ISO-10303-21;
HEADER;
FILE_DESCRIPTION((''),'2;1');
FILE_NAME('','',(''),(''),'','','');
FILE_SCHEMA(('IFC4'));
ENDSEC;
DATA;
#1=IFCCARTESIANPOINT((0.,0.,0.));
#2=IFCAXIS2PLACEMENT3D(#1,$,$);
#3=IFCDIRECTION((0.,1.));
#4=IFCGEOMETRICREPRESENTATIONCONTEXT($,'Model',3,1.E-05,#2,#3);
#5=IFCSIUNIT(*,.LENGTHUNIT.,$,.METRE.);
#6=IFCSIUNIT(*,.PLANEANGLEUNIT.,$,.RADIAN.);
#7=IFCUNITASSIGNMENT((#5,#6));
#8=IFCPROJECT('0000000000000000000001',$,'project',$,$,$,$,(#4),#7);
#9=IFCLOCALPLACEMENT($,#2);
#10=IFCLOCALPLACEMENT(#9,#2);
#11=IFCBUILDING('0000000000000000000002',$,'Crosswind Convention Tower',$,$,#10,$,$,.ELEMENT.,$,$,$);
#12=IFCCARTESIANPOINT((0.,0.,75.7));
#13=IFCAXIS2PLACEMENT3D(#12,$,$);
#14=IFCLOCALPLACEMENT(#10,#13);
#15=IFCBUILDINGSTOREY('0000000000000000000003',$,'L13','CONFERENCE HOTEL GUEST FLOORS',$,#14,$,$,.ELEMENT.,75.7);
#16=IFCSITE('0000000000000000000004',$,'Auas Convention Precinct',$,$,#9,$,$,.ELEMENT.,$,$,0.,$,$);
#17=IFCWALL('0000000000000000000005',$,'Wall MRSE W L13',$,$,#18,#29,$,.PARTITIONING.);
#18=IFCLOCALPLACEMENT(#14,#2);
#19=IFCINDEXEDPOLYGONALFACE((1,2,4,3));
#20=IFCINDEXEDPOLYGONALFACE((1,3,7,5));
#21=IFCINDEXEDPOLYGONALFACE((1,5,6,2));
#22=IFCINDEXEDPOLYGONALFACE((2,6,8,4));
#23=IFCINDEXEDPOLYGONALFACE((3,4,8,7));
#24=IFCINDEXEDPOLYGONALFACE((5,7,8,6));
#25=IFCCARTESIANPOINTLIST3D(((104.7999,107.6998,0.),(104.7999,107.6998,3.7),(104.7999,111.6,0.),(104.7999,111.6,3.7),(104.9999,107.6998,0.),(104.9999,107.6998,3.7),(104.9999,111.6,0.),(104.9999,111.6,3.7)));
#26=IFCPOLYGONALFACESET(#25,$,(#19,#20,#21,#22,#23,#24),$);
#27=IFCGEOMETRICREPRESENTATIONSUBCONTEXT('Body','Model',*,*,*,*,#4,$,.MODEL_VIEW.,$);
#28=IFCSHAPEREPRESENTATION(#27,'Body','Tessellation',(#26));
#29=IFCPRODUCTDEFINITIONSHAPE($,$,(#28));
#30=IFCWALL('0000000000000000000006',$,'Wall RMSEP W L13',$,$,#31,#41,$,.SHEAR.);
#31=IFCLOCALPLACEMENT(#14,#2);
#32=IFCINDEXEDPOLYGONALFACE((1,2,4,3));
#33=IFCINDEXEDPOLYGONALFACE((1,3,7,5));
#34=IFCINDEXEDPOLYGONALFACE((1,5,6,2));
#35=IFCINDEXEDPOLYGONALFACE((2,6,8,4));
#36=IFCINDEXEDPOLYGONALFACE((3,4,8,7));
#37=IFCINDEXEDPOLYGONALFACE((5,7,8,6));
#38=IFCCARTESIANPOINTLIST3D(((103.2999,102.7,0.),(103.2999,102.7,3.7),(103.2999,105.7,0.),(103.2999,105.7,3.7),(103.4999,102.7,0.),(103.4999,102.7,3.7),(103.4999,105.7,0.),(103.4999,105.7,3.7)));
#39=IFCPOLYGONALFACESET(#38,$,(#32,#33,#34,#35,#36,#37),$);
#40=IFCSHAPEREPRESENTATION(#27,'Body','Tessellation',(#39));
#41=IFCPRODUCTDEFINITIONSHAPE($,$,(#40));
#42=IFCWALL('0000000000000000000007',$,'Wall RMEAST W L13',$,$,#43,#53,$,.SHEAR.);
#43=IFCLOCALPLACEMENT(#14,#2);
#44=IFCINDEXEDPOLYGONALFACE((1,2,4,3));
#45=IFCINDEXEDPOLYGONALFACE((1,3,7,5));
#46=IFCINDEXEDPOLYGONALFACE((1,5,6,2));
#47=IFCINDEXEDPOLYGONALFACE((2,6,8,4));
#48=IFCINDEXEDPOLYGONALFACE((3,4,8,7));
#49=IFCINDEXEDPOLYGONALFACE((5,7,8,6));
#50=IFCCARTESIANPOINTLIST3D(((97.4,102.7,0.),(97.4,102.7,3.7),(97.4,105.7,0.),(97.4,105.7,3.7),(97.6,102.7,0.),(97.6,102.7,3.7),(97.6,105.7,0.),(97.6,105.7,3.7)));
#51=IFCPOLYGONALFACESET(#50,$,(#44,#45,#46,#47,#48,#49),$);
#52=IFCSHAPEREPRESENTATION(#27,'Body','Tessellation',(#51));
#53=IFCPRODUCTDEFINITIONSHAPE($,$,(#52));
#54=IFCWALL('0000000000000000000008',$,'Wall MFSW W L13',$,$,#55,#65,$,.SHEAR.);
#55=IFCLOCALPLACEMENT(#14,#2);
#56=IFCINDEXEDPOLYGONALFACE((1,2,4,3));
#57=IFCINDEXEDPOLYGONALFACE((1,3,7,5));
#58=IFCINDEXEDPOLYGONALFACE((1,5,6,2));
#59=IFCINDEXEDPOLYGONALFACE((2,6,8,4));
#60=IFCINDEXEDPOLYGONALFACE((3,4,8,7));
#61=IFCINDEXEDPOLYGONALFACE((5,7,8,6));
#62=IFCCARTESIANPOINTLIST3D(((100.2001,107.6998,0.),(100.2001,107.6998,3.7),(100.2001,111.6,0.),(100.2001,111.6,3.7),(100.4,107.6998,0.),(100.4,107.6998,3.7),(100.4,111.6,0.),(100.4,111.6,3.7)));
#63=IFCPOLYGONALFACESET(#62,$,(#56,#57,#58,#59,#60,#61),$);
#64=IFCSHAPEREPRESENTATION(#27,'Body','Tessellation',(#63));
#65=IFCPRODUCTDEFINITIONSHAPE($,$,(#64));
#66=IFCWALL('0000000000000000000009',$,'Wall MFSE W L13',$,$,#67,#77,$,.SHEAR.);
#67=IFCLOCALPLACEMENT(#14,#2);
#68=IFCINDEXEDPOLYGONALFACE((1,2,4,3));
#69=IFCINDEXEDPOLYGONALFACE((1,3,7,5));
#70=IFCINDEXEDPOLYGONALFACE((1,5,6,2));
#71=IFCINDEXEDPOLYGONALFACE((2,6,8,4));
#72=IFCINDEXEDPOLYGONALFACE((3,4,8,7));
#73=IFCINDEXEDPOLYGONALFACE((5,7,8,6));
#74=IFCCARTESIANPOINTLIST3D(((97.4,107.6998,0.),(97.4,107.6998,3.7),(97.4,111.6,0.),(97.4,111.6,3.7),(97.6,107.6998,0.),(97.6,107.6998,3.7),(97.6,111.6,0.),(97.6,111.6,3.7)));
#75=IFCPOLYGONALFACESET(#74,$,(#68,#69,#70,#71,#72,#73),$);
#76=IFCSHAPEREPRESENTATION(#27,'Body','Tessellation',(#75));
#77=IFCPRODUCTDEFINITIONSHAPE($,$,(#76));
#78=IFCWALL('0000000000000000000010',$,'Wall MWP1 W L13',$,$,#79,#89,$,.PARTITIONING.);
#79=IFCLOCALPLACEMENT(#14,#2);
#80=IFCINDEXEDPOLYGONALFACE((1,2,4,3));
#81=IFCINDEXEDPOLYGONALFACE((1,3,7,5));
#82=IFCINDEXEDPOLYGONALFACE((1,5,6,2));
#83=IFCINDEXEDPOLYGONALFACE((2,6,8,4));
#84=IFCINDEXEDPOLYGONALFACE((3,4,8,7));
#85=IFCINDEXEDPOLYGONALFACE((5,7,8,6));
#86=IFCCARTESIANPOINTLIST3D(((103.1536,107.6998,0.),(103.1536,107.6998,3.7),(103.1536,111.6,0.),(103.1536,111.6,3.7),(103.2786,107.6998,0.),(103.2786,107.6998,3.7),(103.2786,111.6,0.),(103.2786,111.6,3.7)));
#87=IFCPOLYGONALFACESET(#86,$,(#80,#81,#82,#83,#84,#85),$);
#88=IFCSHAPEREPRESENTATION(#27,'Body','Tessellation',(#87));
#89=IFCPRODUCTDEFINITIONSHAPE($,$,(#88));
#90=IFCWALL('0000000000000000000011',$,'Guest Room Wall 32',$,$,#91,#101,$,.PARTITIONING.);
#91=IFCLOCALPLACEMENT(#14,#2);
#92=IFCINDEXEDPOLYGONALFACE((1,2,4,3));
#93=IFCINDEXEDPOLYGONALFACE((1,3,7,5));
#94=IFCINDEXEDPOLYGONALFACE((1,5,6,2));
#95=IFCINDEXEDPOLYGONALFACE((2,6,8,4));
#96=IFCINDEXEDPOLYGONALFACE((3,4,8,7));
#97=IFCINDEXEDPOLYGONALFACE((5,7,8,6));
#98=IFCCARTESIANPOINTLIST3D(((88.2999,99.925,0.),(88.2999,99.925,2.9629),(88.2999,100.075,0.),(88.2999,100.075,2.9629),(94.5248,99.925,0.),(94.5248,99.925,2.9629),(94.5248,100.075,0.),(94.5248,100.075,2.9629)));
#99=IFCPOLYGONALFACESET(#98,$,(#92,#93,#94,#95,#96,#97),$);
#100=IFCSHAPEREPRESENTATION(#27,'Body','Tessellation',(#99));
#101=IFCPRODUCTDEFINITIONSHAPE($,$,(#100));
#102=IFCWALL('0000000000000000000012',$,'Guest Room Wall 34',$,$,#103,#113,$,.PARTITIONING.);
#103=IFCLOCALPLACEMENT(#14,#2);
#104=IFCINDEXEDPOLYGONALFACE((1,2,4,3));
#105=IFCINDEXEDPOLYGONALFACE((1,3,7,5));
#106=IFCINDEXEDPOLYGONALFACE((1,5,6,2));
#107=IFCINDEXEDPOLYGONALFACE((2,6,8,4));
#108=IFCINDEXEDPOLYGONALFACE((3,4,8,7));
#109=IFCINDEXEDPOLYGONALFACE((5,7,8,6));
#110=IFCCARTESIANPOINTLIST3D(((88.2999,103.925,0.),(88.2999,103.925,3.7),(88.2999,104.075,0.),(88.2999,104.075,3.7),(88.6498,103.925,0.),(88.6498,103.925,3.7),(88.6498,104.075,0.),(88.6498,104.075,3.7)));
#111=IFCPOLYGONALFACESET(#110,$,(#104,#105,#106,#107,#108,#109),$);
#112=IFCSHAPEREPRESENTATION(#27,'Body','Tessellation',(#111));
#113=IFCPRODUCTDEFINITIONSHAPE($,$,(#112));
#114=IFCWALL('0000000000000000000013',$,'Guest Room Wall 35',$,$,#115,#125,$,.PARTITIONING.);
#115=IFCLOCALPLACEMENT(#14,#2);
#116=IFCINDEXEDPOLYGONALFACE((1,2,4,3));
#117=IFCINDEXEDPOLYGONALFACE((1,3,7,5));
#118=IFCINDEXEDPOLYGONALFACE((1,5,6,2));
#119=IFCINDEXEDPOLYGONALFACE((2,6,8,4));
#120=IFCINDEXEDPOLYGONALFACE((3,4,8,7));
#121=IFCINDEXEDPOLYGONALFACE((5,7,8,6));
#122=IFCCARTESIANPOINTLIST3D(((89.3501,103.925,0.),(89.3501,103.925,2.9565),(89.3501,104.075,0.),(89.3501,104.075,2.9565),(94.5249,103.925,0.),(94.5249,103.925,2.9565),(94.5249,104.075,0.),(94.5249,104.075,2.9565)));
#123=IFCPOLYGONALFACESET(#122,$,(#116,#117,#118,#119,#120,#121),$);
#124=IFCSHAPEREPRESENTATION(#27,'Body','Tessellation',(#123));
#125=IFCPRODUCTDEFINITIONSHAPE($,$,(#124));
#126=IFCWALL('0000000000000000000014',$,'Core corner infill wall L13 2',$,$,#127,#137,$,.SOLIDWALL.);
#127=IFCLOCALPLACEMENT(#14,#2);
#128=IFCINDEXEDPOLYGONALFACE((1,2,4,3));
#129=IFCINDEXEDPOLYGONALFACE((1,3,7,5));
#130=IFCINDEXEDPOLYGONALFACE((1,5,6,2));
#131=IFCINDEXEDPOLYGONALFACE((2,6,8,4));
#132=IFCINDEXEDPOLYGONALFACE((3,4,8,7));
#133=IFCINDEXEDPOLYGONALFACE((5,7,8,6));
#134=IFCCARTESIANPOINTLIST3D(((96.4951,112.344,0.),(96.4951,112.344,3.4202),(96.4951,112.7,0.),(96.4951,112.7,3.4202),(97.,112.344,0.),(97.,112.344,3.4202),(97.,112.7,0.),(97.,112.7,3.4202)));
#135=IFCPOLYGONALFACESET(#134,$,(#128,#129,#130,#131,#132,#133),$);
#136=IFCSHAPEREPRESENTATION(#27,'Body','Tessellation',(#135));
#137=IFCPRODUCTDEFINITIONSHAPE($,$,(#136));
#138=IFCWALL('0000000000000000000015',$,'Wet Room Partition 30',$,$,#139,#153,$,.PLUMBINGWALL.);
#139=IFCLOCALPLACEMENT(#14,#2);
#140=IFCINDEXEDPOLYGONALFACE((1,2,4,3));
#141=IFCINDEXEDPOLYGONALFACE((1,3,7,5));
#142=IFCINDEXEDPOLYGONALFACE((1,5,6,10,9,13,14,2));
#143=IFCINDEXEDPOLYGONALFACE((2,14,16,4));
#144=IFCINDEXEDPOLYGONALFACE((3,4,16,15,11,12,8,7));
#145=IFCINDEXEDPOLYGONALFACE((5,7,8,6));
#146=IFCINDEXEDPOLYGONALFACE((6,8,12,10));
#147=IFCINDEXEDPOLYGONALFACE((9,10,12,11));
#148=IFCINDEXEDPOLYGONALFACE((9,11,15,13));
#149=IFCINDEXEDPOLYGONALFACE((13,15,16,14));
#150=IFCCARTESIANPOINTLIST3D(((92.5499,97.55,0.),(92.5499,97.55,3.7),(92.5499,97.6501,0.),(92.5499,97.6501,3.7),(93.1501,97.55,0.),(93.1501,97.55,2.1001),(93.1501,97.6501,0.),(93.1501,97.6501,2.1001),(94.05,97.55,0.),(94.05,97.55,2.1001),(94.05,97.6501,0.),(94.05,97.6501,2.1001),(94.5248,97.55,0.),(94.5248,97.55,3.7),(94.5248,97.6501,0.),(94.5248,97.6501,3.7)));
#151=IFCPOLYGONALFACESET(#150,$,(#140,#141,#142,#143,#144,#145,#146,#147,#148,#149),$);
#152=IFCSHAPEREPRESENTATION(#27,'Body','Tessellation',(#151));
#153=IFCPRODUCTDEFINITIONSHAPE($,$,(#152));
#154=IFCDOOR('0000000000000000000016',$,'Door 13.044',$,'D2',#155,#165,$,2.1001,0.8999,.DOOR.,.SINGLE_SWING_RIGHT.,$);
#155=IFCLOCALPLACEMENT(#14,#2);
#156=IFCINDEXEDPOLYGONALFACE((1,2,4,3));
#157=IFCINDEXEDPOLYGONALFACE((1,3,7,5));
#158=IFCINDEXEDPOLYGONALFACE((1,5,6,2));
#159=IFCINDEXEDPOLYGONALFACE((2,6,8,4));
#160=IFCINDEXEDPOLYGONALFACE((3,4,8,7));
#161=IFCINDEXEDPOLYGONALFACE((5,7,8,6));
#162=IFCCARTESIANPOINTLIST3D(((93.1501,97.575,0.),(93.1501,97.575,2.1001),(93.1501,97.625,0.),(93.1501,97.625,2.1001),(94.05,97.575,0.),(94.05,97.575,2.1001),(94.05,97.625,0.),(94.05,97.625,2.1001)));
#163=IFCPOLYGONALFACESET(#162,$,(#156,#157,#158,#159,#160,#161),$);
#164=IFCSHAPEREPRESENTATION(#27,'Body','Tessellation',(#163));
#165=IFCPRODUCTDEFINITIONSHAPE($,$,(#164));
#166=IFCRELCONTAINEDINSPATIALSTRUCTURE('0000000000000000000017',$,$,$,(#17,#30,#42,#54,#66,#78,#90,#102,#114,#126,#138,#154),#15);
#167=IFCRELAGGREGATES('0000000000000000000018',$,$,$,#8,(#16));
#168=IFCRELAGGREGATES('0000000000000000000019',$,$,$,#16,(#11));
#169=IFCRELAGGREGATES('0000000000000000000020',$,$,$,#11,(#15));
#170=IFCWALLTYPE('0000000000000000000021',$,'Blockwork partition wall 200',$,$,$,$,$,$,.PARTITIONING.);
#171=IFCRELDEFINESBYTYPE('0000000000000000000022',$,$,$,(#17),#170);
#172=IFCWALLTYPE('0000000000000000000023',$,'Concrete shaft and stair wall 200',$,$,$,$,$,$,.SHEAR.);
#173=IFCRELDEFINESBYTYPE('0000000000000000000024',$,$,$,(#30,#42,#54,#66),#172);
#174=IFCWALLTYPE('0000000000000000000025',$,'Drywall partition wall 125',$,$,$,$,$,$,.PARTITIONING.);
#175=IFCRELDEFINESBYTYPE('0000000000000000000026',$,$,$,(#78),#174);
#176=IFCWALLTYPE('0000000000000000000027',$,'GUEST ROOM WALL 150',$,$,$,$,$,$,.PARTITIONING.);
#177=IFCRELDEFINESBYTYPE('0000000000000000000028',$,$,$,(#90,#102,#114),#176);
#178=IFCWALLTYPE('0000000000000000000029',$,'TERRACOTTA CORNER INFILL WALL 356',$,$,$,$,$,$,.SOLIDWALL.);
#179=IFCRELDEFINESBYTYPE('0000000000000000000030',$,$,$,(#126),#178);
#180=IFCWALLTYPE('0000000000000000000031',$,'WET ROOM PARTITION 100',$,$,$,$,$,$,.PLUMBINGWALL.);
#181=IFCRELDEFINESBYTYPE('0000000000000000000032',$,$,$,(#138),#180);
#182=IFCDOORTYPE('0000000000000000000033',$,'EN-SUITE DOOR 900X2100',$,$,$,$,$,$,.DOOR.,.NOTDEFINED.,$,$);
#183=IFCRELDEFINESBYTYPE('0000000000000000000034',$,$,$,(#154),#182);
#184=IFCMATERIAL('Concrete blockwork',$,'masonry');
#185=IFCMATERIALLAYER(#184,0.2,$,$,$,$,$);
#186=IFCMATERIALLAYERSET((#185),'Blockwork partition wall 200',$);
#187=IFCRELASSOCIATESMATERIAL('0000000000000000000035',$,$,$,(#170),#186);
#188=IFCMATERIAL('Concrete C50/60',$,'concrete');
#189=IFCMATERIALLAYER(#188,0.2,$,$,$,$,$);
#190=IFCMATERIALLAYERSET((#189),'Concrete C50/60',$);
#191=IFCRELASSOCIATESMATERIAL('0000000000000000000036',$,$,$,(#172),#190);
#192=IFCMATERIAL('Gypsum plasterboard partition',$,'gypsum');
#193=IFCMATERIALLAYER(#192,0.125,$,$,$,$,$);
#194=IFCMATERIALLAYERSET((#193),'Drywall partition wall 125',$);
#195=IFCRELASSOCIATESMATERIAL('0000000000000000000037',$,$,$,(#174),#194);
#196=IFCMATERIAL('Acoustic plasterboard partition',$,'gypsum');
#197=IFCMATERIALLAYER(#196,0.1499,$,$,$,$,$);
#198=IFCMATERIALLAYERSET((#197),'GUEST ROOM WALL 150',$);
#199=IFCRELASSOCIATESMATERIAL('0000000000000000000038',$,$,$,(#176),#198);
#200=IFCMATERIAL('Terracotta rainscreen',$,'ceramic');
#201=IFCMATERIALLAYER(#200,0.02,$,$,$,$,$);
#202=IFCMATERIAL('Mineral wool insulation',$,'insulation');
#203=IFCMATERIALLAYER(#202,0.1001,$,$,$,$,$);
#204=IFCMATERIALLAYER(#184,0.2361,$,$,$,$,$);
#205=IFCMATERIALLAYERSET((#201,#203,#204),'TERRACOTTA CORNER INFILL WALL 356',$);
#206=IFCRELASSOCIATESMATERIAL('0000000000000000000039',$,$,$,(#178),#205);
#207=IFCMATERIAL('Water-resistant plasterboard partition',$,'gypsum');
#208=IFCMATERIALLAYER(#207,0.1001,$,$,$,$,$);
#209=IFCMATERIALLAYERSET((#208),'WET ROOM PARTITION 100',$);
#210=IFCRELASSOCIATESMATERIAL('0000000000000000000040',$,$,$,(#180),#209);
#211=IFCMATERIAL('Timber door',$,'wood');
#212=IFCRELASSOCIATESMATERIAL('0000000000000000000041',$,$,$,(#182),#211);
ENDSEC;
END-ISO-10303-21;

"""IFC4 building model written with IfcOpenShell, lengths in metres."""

from ifc_helpers import new_model, si_unit, direction, frame, frame_2d, origin, place, context, subcontext, project, spatial, rectangle, extrude, material, layer, layer_set, type_object, element, fill, save


model = new_model("IFC4")

# Units and contexts
model_context = context("Model", 3, precision=1e-05, world=origin(), true_north=direction((0.0, 1.0)))
body_context = subcontext(model_context, "Body", "Model", "MODEL_VIEW")
ifc_project = project(units=[si_unit("LENGTHUNIT", "METRE"), si_unit("PLANEANGLEUNIT", "RADIAN")], contexts=[model_context])

# Site, building, storey
site_placement = place(None, origin())
site = spatial("IfcSite", under=ifc_project, at=site_placement, Name="Auas Convention Precinct", CompositionType="ELEMENT", RefElevation=0.0)
building_placement = place(site_placement, origin())
building = spatial("IfcBuilding", under=site, at=building_placement, Name="Crosswind Convention Tower", CompositionType="ELEMENT")
storey_placement = place(building_placement, frame((0.0, 0.0, 75.7)))
storey = spatial("IfcBuildingStorey", under=building, at=storey_placement, Name="L13", Description="CONFERENCE HOTEL GUEST FLOORS", CompositionType="ELEMENT", Elevation=75.7)

# Wall
ifc_material_1 = material(Name="Concrete blockwork", Category="masonry")
ifc_layer_1 = layer(ifc_material_1, 0.2)
ifc_layer_set_1 = layer_set([ifc_layer_1], Name="Blockwork partition wall 200")
wall_type_1 = type_object("IfcWallType", Name="Blockwork partition wall 200", PredefinedType="PARTITIONING", material=ifc_layer_set_1)
wall_1_placement = place(storey_placement, frame((104.8999, 111.6001, 0.0), z_axis=(0.0, 0.0, 1.0), x_axis=(0.0, -1.0, 0.0)))
element("IfcWall", 1, at=wall_1_placement, inside=storey, type_object=wall_type_1, Name="Wall MRSE W L13", PredefinedType="PARTITIONING", context=body_context, shape_type="SweptSolid", body=[
    extrude(rectangle(XDim=3.9001, YDim=0.2, at=frame_2d((1.9502, 0.0))), origin(), (0.0, 0.0, 1.0), 3.7),
])

# Walls
ifc_material_2 = material(Name="Concrete C50/60", Category="concrete")
ifc_layer_2 = layer(ifc_material_2, 0.2)
ifc_layer_set_2 = layer_set([ifc_layer_2], Name="Concrete C50/60")
wall_type_2 = type_object("IfcWallType", Name="Concrete shaft and stair wall 200", PredefinedType="SHEAR", material=ifc_layer_set_2)
for number, where, z_axis, x_axis, name in (
    (2, (103.3999, 105.7, 0.0), (0.0, 0.0, 1.0), (0.0, -1.0, 0.0), "Wall RMSEP W L13"),
    (3, (97.5, 105.7, 0.0), (0.0, 0.0, 1.0), (0.0, -1.0, 0.0), "Wall RMEAST W L13"),
):
    element("IfcWall", number, at=place(storey_placement, frame(where, z_axis=z_axis, x_axis=x_axis)), inside=storey, type_object=wall_type_2, Name=name, PredefinedType="SHEAR", context=body_context, shape_type="SweptSolid", body=[
        extrude(rectangle(XDim=3.0, YDim=0.2, at=frame_2d((1.5, 0.0))), origin(), (0.0, 0.0, 1.0), 3.7),
    ])
for number, where, z_axis, x_axis, name in (
    (4, (100.3, 111.6001, 0.0), (0.0, 0.0, 1.0), (0.0, -1.0, 0.0), "Wall MFSW W L13"),
    (5, (97.5, 111.6001, 0.0), (0.0, 0.0, 1.0), (0.0, -1.0, 0.0), "Wall MFSE W L13"),
):
    element("IfcWall", number, at=place(storey_placement, frame(where, z_axis=z_axis, x_axis=x_axis)), inside=storey, type_object=wall_type_2, Name=name, PredefinedType="SHEAR", context=body_context, shape_type="SweptSolid", body=[
        extrude(rectangle(XDim=3.9001, YDim=0.2, at=frame_2d((1.9502, 0.0))), origin(), (0.0, 0.0, 1.0), 3.7),
    ])
ifc_material_3 = material(Name="Gypsum plasterboard partition", Category="gypsum")
ifc_layer_3 = layer(ifc_material_3, 0.125)
ifc_layer_set_3 = layer_set([ifc_layer_3], Name="Drywall partition wall 125")
wall_type_3 = type_object("IfcWallType", Name="Drywall partition wall 125", PredefinedType="PARTITIONING", material=ifc_layer_set_3)
wall_2_placement = place(storey_placement, frame((103.2161, 111.6001, 0.0), z_axis=(0.0, 0.0, 1.0), x_axis=(0.0, -1.0, 0.0)))
element("IfcWall", 6, at=wall_2_placement, inside=storey, type_object=wall_type_3, Name="Wall MWP1 W L13", PredefinedType="PARTITIONING", context=body_context, shape_type="SweptSolid", body=[
    extrude(rectangle(XDim=3.9001, YDim=0.125, at=frame_2d((1.9502, 0.0))), origin(), (0.0, 0.0, 1.0), 3.7),
])
ifc_material_4 = material(Name="Acoustic plasterboard partition", Category="gypsum")
ifc_layer_4 = layer(ifc_material_4, 0.1499)
ifc_layer_set_4 = layer_set([ifc_layer_4], Name="GUEST ROOM WALL 150")
wall_type_4 = type_object("IfcWallType", Name="GUEST ROOM WALL 150", PredefinedType="PARTITIONING", material=ifc_layer_set_4)
wall_3_placement = place(storey_placement, frame((88.3, 100.0, 0.0), z_axis=(0.0, 0.0, 1.0), x_axis=(1.0, 0.0, 0.0)))
element("IfcWall", 7, at=wall_3_placement, inside=storey, type_object=wall_type_4, Name="Guest Room Wall 32", PredefinedType="PARTITIONING", context=body_context, shape_type="SweptSolid", body=[
    extrude(rectangle(XDim=6.2249, YDim=0.1499, at=frame_2d((3.1123, 0.0))), origin(), (0.0, 0.0, 1.0), 2.9629),
])
wall_4_placement = place(storey_placement, frame((88.3, 104.0, 0.0), z_axis=(0.0, 0.0, 1.0), x_axis=(1.0, 0.0, 0.0)))
element("IfcWall", 8, at=wall_4_placement, inside=storey, type_object=wall_type_4, Name="Guest Room Wall 34", PredefinedType="PARTITIONING", context=body_context, shape_type="SweptSolid", body=[
    extrude(rectangle(XDim=0.3499, YDim=0.1499, at=frame_2d((0.1748, 0.0))), origin(), (0.0, 0.0, 1.0), 3.7),
])
wall_5_placement = place(storey_placement, frame((89.3501, 104.0, 0.0), z_axis=(0.0, 0.0, 1.0), x_axis=(1.0, 0.0, 0.0)))
element("IfcWall", 9, at=wall_5_placement, inside=storey, type_object=wall_type_4, Name="Guest Room Wall 35", PredefinedType="PARTITIONING", context=body_context, shape_type="SweptSolid", body=[
    extrude(rectangle(XDim=5.1748, YDim=0.1499, at=frame_2d((2.5874, 0.0))), origin(), (0.0, 0.0, 1.0), 2.9565),
])

# Wall
ifc_material_5 = material(Name="Terracotta rainscreen", Category="ceramic")
ifc_layer_5 = layer(ifc_material_5, 0.02)
ifc_material_6 = material(Name="Mineral wool insulation", Category="insulation")
ifc_layer_6 = layer(ifc_material_6, 0.1001)
ifc_layer_7 = layer(ifc_material_1, 0.2361)
ifc_layer_set_5 = layer_set([ifc_layer_5, ifc_layer_6, ifc_layer_7], Name="TERRACOTTA CORNER INFILL WALL 356")
wall_type_5 = type_object("IfcWallType", Name="TERRACOTTA CORNER INFILL WALL 356", PredefinedType="SOLIDWALL", material=ifc_layer_set_5)
wall_6_placement = place(storey_placement, frame((96.4951, 112.522, 0.0), z_axis=(0.0, 0.0, 1.0), x_axis=(1.0, 0.0, 0.0)))
element("IfcWall", 10, at=wall_6_placement, inside=storey, type_object=wall_type_5, Name="Core corner infill wall L13 2", PredefinedType="SOLIDWALL", context=body_context, shape_type="SweptSolid", body=[
    extrude(rectangle(XDim=0.5049, YDim=0.356, at=frame_2d((0.2524, 0.0))), origin(), (0.0, 0.0, 1.0), 3.4202),
])

# Wall, opening, door
ifc_material_7 = material(Name="Water-resistant plasterboard partition", Category="gypsum")
ifc_layer_8 = layer(ifc_material_7, 0.1001)
ifc_layer_set_6 = layer_set([ifc_layer_8], Name="WET ROOM PARTITION 100")
wall_type_6 = type_object("IfcWallType", Name="WET ROOM PARTITION 100", PredefinedType="PLUMBINGWALL", material=ifc_layer_set_6)
wall_7_placement = place(storey_placement, frame((92.55, 97.6001, 0.0), z_axis=(0.0, 0.0, 1.0), x_axis=(1.0, 0.0, 0.0)))
wall_7 = element("IfcWall", 11, at=wall_7_placement, inside=storey, type_object=wall_type_6, Name="Wet Room Partition 30", PredefinedType="PLUMBINGWALL", context=body_context, shape_type="SweptSolid", body=[
    extrude(rectangle(XDim=1.9749, YDim=0.1001, at=frame_2d((0.9873, 0.0))), origin(), (0.0, 0.0, 1.0), 3.7),
])
opening_1_placement = place(wall_7_placement, frame((0.6001, 0.0, 0.0)))
opening_1 = element("IfcOpeningElement", 12, at=opening_1_placement, cuts=wall_7, PredefinedType="OPENING", context=body_context, shape_type="SweptSolid", body=[
    extrude(rectangle(XDim=0.8999, YDim=2.1001, at=frame_2d((0.45, 1.05))), frame((0.0, 0.0601, 0.0), z_axis=(0.0, -1.0, 0.0), x_axis=(1.0, 0.0, 0.0)), (0.0, 0.0, 1.0), 0.1201),
])
ifc_material_8 = material(Name="Timber door", Category="wood")
door_type_1 = type_object("IfcDoorType", Name="EN-SUITE DOOR 900X2100", OperationType="NOTDEFINED", PredefinedType="DOOR", material=ifc_material_8)
door_1_placement = place(opening_1_placement, origin())
door_1 = element("IfcDoor", 13, at=door_1_placement, inside=storey, type_object=door_type_1, Name="Door 13.044", ObjectType="D2", OperationType="SINGLE_SWING_RIGHT", OverallHeight=2.1001, OverallWidth=0.8999, PredefinedType="DOOR", context=body_context, shape_type="SweptSolid", body=[
    extrude(rectangle(XDim=0.8999, YDim=2.1001, at=frame_2d((0.45, 1.05))), frame((0.0, 0.0249, 0.0), z_axis=(0.0, -1.0, 0.0), x_axis=(1.0, 0.0, 0.0)), (0.0, 0.0, 1.0), 0.05),
])
fill(opening_1, door_1)

save(model, "model.ifc")
